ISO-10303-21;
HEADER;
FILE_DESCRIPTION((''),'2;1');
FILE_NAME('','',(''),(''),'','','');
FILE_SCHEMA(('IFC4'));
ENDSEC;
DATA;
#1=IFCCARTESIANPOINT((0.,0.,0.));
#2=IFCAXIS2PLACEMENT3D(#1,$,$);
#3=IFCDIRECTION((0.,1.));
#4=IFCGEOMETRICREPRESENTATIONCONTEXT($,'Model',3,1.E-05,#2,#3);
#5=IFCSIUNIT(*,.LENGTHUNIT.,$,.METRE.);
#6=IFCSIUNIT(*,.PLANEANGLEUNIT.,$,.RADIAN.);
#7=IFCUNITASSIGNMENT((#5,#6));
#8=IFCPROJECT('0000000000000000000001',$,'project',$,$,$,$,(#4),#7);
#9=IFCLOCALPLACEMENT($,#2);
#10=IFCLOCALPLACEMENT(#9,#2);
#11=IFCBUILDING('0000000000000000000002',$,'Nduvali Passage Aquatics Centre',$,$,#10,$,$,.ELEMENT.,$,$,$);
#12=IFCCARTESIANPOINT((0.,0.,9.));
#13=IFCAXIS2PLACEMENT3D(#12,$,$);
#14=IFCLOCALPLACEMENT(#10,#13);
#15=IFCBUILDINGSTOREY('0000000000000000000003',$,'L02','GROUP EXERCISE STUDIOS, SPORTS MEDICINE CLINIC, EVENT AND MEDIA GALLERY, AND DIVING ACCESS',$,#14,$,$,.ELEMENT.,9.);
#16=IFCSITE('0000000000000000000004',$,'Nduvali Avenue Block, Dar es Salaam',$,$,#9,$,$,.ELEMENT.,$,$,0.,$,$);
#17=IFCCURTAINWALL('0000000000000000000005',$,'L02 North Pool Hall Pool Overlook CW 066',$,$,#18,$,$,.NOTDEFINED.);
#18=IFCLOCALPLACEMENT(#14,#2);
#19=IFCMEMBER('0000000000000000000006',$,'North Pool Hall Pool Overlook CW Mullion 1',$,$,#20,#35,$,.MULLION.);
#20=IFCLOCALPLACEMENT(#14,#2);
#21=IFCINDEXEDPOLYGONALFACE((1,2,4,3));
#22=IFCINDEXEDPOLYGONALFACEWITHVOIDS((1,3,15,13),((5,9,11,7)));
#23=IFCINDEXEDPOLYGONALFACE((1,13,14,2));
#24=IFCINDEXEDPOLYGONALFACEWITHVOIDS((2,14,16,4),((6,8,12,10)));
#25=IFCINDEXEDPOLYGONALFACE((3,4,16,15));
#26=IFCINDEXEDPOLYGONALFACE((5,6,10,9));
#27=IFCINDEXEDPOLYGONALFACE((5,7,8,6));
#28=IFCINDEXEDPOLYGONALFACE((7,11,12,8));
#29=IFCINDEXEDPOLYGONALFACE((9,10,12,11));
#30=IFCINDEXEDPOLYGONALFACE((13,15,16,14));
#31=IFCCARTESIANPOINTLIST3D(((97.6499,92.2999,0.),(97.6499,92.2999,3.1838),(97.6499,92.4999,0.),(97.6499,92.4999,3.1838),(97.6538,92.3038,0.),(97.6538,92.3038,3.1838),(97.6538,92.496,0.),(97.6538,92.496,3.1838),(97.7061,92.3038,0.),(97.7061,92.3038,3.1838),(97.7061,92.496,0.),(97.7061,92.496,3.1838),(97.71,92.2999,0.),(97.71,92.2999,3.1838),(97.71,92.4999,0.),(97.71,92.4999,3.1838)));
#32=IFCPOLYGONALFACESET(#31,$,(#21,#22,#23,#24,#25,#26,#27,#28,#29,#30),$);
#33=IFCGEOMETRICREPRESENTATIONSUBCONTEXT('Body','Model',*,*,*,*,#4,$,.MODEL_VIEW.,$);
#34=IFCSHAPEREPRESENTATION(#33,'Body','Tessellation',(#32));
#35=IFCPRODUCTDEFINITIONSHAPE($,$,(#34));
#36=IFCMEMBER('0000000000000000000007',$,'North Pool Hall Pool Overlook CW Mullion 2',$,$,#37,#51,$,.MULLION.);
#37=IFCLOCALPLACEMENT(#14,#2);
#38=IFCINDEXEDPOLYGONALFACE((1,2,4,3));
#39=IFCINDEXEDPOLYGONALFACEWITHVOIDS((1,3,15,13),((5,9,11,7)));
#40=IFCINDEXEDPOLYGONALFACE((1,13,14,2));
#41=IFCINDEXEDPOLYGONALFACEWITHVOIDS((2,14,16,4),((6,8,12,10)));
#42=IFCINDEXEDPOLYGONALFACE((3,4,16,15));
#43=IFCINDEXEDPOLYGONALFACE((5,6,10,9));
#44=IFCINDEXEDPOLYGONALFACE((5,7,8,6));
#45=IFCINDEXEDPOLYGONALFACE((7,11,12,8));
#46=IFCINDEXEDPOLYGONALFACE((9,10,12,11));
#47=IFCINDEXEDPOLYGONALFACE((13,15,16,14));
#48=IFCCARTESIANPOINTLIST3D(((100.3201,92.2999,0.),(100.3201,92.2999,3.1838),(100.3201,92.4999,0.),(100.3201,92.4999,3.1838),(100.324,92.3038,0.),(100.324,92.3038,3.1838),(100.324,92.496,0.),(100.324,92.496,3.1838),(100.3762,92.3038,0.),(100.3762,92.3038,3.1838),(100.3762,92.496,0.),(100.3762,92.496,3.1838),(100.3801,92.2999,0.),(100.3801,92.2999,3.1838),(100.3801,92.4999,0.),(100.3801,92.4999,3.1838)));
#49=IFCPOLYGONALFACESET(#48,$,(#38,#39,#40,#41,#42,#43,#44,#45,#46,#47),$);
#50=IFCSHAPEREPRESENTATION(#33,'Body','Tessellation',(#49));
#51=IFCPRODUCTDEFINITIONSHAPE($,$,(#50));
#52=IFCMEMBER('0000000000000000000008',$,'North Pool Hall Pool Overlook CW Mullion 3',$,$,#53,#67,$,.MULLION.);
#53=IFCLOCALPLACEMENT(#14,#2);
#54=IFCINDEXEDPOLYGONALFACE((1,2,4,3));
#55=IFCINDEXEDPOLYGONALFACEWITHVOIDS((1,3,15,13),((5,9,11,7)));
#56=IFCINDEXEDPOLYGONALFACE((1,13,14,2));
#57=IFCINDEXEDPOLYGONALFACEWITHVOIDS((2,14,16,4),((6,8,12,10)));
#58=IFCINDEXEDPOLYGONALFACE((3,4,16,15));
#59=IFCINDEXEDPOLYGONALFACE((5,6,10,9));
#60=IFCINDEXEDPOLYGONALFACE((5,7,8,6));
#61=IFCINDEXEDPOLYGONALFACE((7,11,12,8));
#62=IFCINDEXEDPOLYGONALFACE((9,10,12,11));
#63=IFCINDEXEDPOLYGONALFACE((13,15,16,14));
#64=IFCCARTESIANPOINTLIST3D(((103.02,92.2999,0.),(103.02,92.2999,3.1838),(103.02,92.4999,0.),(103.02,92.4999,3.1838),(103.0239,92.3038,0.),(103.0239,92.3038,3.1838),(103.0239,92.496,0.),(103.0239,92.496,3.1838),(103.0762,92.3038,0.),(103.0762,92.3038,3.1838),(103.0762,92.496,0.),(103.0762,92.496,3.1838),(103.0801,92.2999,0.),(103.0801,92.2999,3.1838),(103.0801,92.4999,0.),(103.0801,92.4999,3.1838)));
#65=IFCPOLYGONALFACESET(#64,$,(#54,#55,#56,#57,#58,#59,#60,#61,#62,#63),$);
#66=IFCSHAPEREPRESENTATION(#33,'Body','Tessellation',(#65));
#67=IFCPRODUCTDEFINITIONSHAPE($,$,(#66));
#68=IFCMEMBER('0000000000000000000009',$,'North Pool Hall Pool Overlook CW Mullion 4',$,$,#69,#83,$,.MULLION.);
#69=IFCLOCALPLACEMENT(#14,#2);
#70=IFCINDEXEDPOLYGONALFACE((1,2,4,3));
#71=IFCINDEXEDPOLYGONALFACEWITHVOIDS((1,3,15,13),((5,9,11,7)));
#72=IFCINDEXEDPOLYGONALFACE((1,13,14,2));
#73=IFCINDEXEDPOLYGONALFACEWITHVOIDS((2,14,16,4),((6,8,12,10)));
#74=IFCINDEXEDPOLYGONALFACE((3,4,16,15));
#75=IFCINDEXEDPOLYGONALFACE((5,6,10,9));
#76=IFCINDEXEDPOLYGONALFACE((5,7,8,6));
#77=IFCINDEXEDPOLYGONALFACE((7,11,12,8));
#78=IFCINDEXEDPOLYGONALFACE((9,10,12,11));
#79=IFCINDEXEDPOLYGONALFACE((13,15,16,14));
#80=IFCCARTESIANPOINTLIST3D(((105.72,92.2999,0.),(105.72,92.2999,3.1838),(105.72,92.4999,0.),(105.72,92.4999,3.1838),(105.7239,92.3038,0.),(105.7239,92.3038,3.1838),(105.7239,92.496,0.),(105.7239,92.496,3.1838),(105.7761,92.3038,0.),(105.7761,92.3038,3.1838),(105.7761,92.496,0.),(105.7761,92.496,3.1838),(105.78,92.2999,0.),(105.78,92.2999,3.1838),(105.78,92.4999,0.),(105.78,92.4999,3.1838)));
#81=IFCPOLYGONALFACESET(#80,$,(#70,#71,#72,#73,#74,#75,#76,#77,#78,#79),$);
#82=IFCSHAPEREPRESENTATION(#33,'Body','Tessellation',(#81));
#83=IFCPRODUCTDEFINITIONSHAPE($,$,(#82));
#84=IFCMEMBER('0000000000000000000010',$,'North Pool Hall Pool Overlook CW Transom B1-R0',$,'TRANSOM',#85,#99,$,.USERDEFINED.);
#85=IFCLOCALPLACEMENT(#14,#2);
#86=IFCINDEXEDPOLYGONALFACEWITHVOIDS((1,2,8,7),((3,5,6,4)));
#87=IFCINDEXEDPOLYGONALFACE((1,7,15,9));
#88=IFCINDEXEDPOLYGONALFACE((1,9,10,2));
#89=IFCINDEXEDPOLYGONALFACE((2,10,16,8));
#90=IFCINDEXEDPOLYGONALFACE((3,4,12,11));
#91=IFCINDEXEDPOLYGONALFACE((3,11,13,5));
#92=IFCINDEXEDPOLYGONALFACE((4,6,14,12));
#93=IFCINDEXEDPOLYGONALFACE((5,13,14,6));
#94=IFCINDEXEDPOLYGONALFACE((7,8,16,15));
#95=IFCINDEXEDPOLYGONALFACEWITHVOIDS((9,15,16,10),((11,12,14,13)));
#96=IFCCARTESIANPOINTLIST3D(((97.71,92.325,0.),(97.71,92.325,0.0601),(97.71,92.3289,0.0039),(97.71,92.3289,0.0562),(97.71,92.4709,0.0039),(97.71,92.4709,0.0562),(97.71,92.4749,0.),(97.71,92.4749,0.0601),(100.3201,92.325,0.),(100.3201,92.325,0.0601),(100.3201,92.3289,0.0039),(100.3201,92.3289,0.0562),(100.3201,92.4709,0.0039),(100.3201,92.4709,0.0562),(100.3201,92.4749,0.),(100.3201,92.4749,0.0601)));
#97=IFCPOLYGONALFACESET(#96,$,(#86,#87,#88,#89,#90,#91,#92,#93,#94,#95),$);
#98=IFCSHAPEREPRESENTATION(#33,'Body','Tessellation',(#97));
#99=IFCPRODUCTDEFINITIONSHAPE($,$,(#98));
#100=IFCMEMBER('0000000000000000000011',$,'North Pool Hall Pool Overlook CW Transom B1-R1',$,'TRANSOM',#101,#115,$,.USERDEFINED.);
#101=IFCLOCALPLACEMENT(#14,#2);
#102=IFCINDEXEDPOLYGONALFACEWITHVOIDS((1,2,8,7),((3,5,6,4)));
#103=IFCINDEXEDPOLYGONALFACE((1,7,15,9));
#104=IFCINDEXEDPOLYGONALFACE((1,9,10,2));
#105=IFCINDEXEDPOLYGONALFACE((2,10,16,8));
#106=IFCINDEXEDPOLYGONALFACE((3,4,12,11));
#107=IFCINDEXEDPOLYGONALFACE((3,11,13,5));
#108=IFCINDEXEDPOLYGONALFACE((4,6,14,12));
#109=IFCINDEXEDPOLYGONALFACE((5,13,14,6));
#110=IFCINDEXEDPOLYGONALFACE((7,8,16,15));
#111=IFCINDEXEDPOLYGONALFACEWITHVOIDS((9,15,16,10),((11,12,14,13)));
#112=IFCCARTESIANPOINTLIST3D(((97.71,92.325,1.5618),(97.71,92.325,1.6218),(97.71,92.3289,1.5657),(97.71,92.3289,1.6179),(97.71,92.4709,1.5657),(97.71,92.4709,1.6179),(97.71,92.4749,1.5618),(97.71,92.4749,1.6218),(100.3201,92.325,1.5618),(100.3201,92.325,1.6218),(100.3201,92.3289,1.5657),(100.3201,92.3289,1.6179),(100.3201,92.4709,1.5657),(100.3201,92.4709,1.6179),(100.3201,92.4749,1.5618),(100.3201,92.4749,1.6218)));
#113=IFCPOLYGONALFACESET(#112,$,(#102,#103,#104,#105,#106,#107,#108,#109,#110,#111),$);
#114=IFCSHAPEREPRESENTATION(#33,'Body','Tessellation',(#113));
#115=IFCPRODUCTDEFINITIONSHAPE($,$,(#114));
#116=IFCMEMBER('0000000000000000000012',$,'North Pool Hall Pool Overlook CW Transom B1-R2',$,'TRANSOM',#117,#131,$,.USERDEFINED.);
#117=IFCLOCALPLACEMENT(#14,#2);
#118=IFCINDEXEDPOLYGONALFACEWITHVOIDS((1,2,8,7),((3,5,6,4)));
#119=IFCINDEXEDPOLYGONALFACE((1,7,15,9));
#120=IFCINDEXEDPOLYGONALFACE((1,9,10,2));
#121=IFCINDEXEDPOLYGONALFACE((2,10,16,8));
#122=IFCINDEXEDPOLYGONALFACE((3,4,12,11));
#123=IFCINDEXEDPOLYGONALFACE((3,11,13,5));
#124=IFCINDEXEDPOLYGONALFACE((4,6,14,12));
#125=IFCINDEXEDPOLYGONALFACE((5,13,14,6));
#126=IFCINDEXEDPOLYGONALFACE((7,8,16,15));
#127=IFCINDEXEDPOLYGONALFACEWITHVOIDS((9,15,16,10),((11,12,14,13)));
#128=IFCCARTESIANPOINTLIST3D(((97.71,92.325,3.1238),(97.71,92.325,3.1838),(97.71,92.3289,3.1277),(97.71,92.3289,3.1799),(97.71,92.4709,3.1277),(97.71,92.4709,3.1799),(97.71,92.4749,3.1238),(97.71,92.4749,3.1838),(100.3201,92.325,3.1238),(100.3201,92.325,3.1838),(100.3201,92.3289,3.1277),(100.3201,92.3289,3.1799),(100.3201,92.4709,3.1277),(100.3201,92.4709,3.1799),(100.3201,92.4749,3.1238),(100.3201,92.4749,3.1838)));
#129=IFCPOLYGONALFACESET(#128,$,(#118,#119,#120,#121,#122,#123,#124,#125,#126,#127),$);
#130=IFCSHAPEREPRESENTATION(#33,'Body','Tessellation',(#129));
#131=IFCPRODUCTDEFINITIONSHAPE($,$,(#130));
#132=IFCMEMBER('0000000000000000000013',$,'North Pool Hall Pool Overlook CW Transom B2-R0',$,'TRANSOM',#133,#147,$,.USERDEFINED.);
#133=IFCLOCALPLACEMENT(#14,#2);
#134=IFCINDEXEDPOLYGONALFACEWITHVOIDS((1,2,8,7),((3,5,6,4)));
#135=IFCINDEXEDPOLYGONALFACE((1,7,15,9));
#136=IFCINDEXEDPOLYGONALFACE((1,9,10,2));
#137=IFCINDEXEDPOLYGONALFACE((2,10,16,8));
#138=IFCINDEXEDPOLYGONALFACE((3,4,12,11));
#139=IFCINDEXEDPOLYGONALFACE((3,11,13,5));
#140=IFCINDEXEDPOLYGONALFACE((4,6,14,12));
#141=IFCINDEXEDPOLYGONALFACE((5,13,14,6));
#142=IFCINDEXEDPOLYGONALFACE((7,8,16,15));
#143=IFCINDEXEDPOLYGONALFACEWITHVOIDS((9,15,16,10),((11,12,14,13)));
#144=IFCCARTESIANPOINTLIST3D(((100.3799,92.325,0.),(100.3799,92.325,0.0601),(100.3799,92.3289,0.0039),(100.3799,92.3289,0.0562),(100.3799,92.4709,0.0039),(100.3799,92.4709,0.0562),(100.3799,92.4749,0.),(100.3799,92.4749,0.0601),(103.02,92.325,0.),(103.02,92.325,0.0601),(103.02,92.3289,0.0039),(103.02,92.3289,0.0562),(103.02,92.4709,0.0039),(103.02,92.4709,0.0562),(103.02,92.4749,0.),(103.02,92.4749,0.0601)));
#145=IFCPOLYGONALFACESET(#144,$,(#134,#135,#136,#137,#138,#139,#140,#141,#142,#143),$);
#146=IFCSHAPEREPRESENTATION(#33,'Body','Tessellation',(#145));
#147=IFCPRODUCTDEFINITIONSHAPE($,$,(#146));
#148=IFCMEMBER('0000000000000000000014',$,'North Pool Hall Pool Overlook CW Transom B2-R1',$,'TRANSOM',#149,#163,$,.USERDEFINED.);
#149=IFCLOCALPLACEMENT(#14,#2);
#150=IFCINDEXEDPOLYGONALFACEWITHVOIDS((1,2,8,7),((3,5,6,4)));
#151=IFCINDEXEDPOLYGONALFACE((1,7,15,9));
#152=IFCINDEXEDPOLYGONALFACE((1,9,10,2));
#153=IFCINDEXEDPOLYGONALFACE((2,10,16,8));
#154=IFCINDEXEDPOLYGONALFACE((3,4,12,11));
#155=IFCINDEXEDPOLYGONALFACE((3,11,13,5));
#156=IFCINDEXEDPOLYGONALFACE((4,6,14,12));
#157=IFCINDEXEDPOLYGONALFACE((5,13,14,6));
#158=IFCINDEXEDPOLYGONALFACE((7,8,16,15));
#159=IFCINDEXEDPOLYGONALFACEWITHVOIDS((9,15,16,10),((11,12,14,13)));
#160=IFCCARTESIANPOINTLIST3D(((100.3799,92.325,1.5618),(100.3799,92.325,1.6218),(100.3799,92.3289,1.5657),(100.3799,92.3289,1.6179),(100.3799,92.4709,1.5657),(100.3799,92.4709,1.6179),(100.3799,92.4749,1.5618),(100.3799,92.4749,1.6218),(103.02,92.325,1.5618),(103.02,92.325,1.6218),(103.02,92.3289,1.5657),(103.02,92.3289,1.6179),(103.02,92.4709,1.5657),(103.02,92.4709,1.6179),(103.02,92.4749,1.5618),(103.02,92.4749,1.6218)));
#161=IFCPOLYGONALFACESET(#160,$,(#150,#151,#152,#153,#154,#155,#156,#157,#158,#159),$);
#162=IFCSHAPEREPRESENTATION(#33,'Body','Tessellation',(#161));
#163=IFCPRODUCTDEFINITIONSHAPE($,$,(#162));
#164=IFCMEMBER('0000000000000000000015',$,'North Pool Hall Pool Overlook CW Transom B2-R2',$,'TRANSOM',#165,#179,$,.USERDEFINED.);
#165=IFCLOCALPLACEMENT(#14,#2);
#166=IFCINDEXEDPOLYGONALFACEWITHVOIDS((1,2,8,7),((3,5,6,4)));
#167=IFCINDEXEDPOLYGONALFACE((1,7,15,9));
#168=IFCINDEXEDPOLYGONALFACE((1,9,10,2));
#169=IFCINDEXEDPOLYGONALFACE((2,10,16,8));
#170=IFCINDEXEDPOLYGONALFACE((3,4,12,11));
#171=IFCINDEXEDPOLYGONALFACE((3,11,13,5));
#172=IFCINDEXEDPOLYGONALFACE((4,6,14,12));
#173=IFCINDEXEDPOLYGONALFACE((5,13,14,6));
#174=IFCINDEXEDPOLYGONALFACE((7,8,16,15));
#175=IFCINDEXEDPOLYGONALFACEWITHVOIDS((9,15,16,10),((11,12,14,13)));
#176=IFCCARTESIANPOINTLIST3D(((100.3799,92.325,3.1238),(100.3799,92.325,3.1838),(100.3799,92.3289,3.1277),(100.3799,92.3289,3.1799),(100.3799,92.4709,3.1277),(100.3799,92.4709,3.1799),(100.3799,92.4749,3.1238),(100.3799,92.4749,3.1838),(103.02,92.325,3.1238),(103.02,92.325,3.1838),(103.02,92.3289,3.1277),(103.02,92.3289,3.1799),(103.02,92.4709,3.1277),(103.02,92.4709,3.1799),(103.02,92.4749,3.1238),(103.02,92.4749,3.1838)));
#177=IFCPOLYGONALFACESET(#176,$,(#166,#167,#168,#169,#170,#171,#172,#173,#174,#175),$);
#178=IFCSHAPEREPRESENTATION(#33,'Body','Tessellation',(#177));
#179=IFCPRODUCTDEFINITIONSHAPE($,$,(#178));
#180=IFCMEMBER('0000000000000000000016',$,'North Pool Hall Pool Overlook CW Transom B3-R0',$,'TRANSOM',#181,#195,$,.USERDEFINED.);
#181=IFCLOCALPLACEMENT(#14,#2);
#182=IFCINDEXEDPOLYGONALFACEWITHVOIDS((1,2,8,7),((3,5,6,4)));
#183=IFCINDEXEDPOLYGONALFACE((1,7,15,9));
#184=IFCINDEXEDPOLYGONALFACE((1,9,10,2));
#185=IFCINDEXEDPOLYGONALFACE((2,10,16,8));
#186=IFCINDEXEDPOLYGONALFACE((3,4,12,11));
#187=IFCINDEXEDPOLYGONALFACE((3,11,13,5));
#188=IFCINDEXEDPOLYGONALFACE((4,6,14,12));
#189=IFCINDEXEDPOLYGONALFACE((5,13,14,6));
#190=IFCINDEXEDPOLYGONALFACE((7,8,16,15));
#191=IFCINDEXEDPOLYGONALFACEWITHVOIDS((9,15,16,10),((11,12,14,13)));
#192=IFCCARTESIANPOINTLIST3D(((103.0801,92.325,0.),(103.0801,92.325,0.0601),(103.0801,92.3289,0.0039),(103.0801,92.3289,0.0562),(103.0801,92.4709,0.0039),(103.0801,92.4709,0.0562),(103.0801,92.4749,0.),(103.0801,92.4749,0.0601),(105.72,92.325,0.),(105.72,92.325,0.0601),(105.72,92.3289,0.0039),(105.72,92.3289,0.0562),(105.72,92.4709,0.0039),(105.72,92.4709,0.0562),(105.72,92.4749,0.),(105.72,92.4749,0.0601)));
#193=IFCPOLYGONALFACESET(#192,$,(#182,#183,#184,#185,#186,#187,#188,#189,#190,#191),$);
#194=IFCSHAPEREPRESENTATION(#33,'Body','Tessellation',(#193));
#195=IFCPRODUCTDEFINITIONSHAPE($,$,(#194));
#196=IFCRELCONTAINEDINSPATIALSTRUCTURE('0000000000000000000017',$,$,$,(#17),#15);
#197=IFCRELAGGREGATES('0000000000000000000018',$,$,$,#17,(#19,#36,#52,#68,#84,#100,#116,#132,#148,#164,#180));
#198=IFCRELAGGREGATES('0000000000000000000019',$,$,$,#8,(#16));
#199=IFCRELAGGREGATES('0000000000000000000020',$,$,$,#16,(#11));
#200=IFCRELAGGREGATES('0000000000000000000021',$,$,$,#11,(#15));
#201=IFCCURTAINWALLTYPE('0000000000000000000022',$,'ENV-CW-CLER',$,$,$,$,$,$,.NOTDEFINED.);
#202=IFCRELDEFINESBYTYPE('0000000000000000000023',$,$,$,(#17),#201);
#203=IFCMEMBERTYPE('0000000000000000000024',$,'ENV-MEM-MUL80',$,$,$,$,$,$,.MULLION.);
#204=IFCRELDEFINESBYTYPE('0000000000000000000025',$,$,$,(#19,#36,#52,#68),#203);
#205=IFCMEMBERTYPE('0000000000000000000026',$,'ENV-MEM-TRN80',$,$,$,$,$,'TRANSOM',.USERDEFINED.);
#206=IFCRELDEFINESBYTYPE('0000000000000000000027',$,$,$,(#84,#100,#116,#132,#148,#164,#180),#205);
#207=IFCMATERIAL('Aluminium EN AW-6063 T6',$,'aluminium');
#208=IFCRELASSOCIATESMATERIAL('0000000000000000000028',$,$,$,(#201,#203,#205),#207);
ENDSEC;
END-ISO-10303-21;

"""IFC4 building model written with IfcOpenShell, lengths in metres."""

from ifc_helpers import new_model, si_unit, direction, frame, origin, origin_2d, place, context, subcontext, project, spatial, hollow_rectangle, extrude, material, material_profile, profile_set, type_object, element, aggregate, save


model = new_model("IFC4")

# Units and contexts
model_context = context("Model", 3, precision=1e-05, world=origin(), true_north=direction((0.0, 1.0)))
body_context = subcontext(model_context, "Body", "Model", "MODEL_VIEW")
ifc_project = project(units=[si_unit("LENGTHUNIT", "METRE"), si_unit("PLANEANGLEUNIT", "RADIAN")], contexts=[model_context])

# Site, building, storey
site_placement = place(None, origin())
site = spatial("IfcSite", under=ifc_project, at=site_placement, Name="Nduvali Avenue Block, Dar es Salaam", CompositionType="ELEMENT", RefElevation=0.0)
building_placement = place(site_placement, origin())
building = spatial("IfcBuilding", under=site, at=building_placement, Name="Nduvali Passage Aquatics Centre", CompositionType="ELEMENT")
storey_placement = place(building_placement, frame((0.0, 0.0, 9.0)))
storey = spatial("IfcBuildingStorey", under=building, at=storey_placement, Name="L02", Description="GROUP EXERCISE STUDIOS, SPORTS MEDICINE CLINIC, EVENT AND MEDIA GALLERY, AND DIVING ACCESS", CompositionType="ELEMENT", Elevation=9.0)

# Curtain wall, members
ifc_material_1 = material(Name="Aluminium EN AW-6063 T6", Category="aluminium")
curtain_wall_type = type_object("IfcCurtainWallType", Name="ENV-CW-CLER", PredefinedType="NOTDEFINED", material=ifc_material_1)
curtain_wall_placement = place(storey_placement, origin())
curtain_wall = element("IfcCurtainWall", 1, at=curtain_wall_placement, inside=storey, type_object=curtain_wall_type, Name="L02 North Pool Hall Pool Overlook CW 066", PredefinedType="NOTDEFINED")
ifc_material_profile_1 = material_profile(ifc_material_1, hollow_rectangle(XDim=0.0601, YDim=0.2, WallThickness=0.0039, at=origin_2d()), Name="ALU MULLION 60x200x4")
ifc_profile_set_1 = profile_set([ifc_material_profile_1], Name="Aluminium EN AW-6063 T6")
member_type_1 = type_object("IfcMemberType", Name="ENV-MEM-MUL80", PredefinedType="MULLION", material=ifc_profile_set_1)
member_1_placement = place(storey_placement, frame((97.6799, 92.3999, 0.0), z_axis=(0.0, 0.0, 1.0), x_axis=(1.0, 0.0, 0.0)))
member_1 = element("IfcMember", 2, at=member_1_placement, type_object=member_type_1, Name="North Pool Hall Pool Overlook CW Mullion 1", PredefinedType="MULLION", context=body_context, shape_type="SweptSolid", body=[
    extrude(hollow_rectangle(XDim=0.0601, YDim=0.2, WallThickness=0.0039, at=origin_2d()), origin(), (0.0, 0.0, 1.0), 3.1838),
])
member_2_placement = place(storey_placement, frame((100.3501, 92.3999, 0.0), z_axis=(0.0, 0.0, 1.0), x_axis=(1.0, 0.0, 0.0)))
member_2 = element("IfcMember", 3, at=member_2_placement, type_object=member_type_1, Name="North Pool Hall Pool Overlook CW Mullion 2", PredefinedType="MULLION", context=body_context, shape_type="SweptSolid", body=[
    extrude(hollow_rectangle(XDim=0.0601, YDim=0.2, WallThickness=0.0039, at=origin_2d()), origin(), (0.0, 0.0, 1.0), 3.1838),
])
member_3_placement = place(storey_placement, frame((103.05, 92.3999, 0.0), z_axis=(0.0, 0.0, 1.0), x_axis=(1.0, 0.0, 0.0)))
member_3 = element("IfcMember", 4, at=member_3_placement, type_object=member_type_1, Name="North Pool Hall Pool Overlook CW Mullion 3", PredefinedType="MULLION", context=body_context, shape_type="SweptSolid", body=[
    extrude(hollow_rectangle(XDim=0.0601, YDim=0.2, WallThickness=0.0039, at=origin_2d()), origin(), (0.0, 0.0, 1.0), 3.1838),
])
member_4_placement = place(storey_placement, frame((105.75, 92.3999, 0.0), z_axis=(0.0, 0.0, 1.0), x_axis=(1.0, 0.0, 0.0)))
member_4 = element("IfcMember", 5, at=member_4_placement, type_object=member_type_1, Name="North Pool Hall Pool Overlook CW Mullion 4", PredefinedType="MULLION", context=body_context, shape_type="SweptSolid", body=[
    extrude(hollow_rectangle(XDim=0.0601, YDim=0.2, WallThickness=0.0039, at=origin_2d()), origin(), (0.0, 0.0, 1.0), 3.1838),
])
ifc_material_profile_2 = material_profile(ifc_material_1, hollow_rectangle(XDim=0.1499, YDim=0.0601, WallThickness=0.0039, at=origin_2d()), Name="ALU TRANSOM 150x60x4")
ifc_profile_set_2 = profile_set([ifc_material_profile_2], Name="Aluminium EN AW-6063 T6")
member_type_2 = type_object("IfcMemberType", Name="ENV-MEM-TRN80", ElementType="TRANSOM", PredefinedType="USERDEFINED", material=ifc_profile_set_2)
member_5_placement = place(storey_placement, frame((97.71, 92.3999, 0.03), z_axis=(1.0, 0.0, 0.0), x_axis=(0.0, 1.0, 0.0)))
member_5 = element("IfcMember", 6, at=member_5_placement, type_object=member_type_2, Name="North Pool Hall Pool Overlook CW Transom B1-R0", ObjectType="TRANSOM", PredefinedType="USERDEFINED", context=body_context, shape_type="SweptSolid", body=[
    extrude(hollow_rectangle(XDim=0.1499, YDim=0.0601, WallThickness=0.0039, at=origin_2d()), origin(), (0.0, 0.0, 1.0), 2.6101),
])
member_6_placement = place(storey_placement, frame((97.71, 92.3999, 1.5918), z_axis=(1.0, 0.0, 0.0), x_axis=(0.0, 1.0, 0.0)))
member_6 = element("IfcMember", 7, at=member_6_placement, type_object=member_type_2, Name="North Pool Hall Pool Overlook CW Transom B1-R1", ObjectType="TRANSOM", PredefinedType="USERDEFINED", context=body_context, shape_type="SweptSolid", body=[
    extrude(hollow_rectangle(XDim=0.1499, YDim=0.0601, WallThickness=0.0039, at=origin_2d()), origin(), (0.0, 0.0, 1.0), 2.6101),
])
member_7_placement = place(storey_placement, frame((97.71, 92.3999, 3.1538), z_axis=(1.0, 0.0, 0.0), x_axis=(0.0, 1.0, 0.0)))
member_7 = element("IfcMember", 8, at=member_7_placement, type_object=member_type_2, Name="North Pool Hall Pool Overlook CW Transom B1-R2", ObjectType="TRANSOM", PredefinedType="USERDEFINED", context=body_context, shape_type="SweptSolid", body=[
    extrude(hollow_rectangle(XDim=0.1499, YDim=0.0601, WallThickness=0.0039, at=origin_2d()), origin(), (0.0, 0.0, 1.0), 2.6101),
])
member_8_placement = place(storey_placement, frame((100.3799, 92.3999, 0.03), z_axis=(1.0, 0.0, 0.0), x_axis=(0.0, 1.0, 0.0)))
member_8 = element("IfcMember", 9, at=member_8_placement, type_object=member_type_2, Name="North Pool Hall Pool Overlook CW Transom B2-R0", ObjectType="TRANSOM", PredefinedType="USERDEFINED", context=body_context, shape_type="SweptSolid", body=[
    extrude(hollow_rectangle(XDim=0.1499, YDim=0.0601, WallThickness=0.0039, at=origin_2d()), origin(), (0.0, 0.0, 1.0), 2.6401),
])
member_9_placement = place(storey_placement, frame((100.3799, 92.3999, 1.5918), z_axis=(1.0, 0.0, 0.0), x_axis=(0.0, 1.0, 0.0)))
member_9 = element("IfcMember", 10, at=member_9_placement, type_object=member_type_2, Name="North Pool Hall Pool Overlook CW Transom B2-R1", ObjectType="TRANSOM", PredefinedType="USERDEFINED", context=body_context, shape_type="SweptSolid", body=[
    extrude(hollow_rectangle(XDim=0.1499, YDim=0.0601, WallThickness=0.0039, at=origin_2d()), origin(), (0.0, 0.0, 1.0), 2.6401),
])
member_10_placement = place(storey_placement, frame((100.3799, 92.3999, 3.1538), z_axis=(1.0, 0.0, 0.0), x_axis=(0.0, 1.0, 0.0)))
member_10 = element("IfcMember", 11, at=member_10_placement, type_object=member_type_2, Name="North Pool Hall Pool Overlook CW Transom B2-R2", ObjectType="TRANSOM", PredefinedType="USERDEFINED", context=body_context, shape_type="SweptSolid", body=[
    extrude(hollow_rectangle(XDim=0.1499, YDim=0.0601, WallThickness=0.0039, at=origin_2d()), origin(), (0.0, 0.0, 1.0), 2.6401),
])
member_11_placement = place(storey_placement, frame((103.0801, 92.3999, 0.03), z_axis=(1.0, 0.0, 0.0), x_axis=(0.0, 1.0, 0.0)))
member_11 = element("IfcMember", 12, at=member_11_placement, type_object=member_type_2, Name="North Pool Hall Pool Overlook CW Transom B3-R0", ObjectType="TRANSOM", PredefinedType="USERDEFINED", context=body_context, shape_type="SweptSolid", body=[
    extrude(hollow_rectangle(XDim=0.1499, YDim=0.0601, WallThickness=0.0039, at=origin_2d()), origin(), (0.0, 0.0, 1.0), 2.6399),
])

aggregate(curtain_wall, [member_1, member_2, member_3, member_4, member_5, member_6, member_7, member_8, member_9, member_10, member_11])

save(model, "model.ifc")
